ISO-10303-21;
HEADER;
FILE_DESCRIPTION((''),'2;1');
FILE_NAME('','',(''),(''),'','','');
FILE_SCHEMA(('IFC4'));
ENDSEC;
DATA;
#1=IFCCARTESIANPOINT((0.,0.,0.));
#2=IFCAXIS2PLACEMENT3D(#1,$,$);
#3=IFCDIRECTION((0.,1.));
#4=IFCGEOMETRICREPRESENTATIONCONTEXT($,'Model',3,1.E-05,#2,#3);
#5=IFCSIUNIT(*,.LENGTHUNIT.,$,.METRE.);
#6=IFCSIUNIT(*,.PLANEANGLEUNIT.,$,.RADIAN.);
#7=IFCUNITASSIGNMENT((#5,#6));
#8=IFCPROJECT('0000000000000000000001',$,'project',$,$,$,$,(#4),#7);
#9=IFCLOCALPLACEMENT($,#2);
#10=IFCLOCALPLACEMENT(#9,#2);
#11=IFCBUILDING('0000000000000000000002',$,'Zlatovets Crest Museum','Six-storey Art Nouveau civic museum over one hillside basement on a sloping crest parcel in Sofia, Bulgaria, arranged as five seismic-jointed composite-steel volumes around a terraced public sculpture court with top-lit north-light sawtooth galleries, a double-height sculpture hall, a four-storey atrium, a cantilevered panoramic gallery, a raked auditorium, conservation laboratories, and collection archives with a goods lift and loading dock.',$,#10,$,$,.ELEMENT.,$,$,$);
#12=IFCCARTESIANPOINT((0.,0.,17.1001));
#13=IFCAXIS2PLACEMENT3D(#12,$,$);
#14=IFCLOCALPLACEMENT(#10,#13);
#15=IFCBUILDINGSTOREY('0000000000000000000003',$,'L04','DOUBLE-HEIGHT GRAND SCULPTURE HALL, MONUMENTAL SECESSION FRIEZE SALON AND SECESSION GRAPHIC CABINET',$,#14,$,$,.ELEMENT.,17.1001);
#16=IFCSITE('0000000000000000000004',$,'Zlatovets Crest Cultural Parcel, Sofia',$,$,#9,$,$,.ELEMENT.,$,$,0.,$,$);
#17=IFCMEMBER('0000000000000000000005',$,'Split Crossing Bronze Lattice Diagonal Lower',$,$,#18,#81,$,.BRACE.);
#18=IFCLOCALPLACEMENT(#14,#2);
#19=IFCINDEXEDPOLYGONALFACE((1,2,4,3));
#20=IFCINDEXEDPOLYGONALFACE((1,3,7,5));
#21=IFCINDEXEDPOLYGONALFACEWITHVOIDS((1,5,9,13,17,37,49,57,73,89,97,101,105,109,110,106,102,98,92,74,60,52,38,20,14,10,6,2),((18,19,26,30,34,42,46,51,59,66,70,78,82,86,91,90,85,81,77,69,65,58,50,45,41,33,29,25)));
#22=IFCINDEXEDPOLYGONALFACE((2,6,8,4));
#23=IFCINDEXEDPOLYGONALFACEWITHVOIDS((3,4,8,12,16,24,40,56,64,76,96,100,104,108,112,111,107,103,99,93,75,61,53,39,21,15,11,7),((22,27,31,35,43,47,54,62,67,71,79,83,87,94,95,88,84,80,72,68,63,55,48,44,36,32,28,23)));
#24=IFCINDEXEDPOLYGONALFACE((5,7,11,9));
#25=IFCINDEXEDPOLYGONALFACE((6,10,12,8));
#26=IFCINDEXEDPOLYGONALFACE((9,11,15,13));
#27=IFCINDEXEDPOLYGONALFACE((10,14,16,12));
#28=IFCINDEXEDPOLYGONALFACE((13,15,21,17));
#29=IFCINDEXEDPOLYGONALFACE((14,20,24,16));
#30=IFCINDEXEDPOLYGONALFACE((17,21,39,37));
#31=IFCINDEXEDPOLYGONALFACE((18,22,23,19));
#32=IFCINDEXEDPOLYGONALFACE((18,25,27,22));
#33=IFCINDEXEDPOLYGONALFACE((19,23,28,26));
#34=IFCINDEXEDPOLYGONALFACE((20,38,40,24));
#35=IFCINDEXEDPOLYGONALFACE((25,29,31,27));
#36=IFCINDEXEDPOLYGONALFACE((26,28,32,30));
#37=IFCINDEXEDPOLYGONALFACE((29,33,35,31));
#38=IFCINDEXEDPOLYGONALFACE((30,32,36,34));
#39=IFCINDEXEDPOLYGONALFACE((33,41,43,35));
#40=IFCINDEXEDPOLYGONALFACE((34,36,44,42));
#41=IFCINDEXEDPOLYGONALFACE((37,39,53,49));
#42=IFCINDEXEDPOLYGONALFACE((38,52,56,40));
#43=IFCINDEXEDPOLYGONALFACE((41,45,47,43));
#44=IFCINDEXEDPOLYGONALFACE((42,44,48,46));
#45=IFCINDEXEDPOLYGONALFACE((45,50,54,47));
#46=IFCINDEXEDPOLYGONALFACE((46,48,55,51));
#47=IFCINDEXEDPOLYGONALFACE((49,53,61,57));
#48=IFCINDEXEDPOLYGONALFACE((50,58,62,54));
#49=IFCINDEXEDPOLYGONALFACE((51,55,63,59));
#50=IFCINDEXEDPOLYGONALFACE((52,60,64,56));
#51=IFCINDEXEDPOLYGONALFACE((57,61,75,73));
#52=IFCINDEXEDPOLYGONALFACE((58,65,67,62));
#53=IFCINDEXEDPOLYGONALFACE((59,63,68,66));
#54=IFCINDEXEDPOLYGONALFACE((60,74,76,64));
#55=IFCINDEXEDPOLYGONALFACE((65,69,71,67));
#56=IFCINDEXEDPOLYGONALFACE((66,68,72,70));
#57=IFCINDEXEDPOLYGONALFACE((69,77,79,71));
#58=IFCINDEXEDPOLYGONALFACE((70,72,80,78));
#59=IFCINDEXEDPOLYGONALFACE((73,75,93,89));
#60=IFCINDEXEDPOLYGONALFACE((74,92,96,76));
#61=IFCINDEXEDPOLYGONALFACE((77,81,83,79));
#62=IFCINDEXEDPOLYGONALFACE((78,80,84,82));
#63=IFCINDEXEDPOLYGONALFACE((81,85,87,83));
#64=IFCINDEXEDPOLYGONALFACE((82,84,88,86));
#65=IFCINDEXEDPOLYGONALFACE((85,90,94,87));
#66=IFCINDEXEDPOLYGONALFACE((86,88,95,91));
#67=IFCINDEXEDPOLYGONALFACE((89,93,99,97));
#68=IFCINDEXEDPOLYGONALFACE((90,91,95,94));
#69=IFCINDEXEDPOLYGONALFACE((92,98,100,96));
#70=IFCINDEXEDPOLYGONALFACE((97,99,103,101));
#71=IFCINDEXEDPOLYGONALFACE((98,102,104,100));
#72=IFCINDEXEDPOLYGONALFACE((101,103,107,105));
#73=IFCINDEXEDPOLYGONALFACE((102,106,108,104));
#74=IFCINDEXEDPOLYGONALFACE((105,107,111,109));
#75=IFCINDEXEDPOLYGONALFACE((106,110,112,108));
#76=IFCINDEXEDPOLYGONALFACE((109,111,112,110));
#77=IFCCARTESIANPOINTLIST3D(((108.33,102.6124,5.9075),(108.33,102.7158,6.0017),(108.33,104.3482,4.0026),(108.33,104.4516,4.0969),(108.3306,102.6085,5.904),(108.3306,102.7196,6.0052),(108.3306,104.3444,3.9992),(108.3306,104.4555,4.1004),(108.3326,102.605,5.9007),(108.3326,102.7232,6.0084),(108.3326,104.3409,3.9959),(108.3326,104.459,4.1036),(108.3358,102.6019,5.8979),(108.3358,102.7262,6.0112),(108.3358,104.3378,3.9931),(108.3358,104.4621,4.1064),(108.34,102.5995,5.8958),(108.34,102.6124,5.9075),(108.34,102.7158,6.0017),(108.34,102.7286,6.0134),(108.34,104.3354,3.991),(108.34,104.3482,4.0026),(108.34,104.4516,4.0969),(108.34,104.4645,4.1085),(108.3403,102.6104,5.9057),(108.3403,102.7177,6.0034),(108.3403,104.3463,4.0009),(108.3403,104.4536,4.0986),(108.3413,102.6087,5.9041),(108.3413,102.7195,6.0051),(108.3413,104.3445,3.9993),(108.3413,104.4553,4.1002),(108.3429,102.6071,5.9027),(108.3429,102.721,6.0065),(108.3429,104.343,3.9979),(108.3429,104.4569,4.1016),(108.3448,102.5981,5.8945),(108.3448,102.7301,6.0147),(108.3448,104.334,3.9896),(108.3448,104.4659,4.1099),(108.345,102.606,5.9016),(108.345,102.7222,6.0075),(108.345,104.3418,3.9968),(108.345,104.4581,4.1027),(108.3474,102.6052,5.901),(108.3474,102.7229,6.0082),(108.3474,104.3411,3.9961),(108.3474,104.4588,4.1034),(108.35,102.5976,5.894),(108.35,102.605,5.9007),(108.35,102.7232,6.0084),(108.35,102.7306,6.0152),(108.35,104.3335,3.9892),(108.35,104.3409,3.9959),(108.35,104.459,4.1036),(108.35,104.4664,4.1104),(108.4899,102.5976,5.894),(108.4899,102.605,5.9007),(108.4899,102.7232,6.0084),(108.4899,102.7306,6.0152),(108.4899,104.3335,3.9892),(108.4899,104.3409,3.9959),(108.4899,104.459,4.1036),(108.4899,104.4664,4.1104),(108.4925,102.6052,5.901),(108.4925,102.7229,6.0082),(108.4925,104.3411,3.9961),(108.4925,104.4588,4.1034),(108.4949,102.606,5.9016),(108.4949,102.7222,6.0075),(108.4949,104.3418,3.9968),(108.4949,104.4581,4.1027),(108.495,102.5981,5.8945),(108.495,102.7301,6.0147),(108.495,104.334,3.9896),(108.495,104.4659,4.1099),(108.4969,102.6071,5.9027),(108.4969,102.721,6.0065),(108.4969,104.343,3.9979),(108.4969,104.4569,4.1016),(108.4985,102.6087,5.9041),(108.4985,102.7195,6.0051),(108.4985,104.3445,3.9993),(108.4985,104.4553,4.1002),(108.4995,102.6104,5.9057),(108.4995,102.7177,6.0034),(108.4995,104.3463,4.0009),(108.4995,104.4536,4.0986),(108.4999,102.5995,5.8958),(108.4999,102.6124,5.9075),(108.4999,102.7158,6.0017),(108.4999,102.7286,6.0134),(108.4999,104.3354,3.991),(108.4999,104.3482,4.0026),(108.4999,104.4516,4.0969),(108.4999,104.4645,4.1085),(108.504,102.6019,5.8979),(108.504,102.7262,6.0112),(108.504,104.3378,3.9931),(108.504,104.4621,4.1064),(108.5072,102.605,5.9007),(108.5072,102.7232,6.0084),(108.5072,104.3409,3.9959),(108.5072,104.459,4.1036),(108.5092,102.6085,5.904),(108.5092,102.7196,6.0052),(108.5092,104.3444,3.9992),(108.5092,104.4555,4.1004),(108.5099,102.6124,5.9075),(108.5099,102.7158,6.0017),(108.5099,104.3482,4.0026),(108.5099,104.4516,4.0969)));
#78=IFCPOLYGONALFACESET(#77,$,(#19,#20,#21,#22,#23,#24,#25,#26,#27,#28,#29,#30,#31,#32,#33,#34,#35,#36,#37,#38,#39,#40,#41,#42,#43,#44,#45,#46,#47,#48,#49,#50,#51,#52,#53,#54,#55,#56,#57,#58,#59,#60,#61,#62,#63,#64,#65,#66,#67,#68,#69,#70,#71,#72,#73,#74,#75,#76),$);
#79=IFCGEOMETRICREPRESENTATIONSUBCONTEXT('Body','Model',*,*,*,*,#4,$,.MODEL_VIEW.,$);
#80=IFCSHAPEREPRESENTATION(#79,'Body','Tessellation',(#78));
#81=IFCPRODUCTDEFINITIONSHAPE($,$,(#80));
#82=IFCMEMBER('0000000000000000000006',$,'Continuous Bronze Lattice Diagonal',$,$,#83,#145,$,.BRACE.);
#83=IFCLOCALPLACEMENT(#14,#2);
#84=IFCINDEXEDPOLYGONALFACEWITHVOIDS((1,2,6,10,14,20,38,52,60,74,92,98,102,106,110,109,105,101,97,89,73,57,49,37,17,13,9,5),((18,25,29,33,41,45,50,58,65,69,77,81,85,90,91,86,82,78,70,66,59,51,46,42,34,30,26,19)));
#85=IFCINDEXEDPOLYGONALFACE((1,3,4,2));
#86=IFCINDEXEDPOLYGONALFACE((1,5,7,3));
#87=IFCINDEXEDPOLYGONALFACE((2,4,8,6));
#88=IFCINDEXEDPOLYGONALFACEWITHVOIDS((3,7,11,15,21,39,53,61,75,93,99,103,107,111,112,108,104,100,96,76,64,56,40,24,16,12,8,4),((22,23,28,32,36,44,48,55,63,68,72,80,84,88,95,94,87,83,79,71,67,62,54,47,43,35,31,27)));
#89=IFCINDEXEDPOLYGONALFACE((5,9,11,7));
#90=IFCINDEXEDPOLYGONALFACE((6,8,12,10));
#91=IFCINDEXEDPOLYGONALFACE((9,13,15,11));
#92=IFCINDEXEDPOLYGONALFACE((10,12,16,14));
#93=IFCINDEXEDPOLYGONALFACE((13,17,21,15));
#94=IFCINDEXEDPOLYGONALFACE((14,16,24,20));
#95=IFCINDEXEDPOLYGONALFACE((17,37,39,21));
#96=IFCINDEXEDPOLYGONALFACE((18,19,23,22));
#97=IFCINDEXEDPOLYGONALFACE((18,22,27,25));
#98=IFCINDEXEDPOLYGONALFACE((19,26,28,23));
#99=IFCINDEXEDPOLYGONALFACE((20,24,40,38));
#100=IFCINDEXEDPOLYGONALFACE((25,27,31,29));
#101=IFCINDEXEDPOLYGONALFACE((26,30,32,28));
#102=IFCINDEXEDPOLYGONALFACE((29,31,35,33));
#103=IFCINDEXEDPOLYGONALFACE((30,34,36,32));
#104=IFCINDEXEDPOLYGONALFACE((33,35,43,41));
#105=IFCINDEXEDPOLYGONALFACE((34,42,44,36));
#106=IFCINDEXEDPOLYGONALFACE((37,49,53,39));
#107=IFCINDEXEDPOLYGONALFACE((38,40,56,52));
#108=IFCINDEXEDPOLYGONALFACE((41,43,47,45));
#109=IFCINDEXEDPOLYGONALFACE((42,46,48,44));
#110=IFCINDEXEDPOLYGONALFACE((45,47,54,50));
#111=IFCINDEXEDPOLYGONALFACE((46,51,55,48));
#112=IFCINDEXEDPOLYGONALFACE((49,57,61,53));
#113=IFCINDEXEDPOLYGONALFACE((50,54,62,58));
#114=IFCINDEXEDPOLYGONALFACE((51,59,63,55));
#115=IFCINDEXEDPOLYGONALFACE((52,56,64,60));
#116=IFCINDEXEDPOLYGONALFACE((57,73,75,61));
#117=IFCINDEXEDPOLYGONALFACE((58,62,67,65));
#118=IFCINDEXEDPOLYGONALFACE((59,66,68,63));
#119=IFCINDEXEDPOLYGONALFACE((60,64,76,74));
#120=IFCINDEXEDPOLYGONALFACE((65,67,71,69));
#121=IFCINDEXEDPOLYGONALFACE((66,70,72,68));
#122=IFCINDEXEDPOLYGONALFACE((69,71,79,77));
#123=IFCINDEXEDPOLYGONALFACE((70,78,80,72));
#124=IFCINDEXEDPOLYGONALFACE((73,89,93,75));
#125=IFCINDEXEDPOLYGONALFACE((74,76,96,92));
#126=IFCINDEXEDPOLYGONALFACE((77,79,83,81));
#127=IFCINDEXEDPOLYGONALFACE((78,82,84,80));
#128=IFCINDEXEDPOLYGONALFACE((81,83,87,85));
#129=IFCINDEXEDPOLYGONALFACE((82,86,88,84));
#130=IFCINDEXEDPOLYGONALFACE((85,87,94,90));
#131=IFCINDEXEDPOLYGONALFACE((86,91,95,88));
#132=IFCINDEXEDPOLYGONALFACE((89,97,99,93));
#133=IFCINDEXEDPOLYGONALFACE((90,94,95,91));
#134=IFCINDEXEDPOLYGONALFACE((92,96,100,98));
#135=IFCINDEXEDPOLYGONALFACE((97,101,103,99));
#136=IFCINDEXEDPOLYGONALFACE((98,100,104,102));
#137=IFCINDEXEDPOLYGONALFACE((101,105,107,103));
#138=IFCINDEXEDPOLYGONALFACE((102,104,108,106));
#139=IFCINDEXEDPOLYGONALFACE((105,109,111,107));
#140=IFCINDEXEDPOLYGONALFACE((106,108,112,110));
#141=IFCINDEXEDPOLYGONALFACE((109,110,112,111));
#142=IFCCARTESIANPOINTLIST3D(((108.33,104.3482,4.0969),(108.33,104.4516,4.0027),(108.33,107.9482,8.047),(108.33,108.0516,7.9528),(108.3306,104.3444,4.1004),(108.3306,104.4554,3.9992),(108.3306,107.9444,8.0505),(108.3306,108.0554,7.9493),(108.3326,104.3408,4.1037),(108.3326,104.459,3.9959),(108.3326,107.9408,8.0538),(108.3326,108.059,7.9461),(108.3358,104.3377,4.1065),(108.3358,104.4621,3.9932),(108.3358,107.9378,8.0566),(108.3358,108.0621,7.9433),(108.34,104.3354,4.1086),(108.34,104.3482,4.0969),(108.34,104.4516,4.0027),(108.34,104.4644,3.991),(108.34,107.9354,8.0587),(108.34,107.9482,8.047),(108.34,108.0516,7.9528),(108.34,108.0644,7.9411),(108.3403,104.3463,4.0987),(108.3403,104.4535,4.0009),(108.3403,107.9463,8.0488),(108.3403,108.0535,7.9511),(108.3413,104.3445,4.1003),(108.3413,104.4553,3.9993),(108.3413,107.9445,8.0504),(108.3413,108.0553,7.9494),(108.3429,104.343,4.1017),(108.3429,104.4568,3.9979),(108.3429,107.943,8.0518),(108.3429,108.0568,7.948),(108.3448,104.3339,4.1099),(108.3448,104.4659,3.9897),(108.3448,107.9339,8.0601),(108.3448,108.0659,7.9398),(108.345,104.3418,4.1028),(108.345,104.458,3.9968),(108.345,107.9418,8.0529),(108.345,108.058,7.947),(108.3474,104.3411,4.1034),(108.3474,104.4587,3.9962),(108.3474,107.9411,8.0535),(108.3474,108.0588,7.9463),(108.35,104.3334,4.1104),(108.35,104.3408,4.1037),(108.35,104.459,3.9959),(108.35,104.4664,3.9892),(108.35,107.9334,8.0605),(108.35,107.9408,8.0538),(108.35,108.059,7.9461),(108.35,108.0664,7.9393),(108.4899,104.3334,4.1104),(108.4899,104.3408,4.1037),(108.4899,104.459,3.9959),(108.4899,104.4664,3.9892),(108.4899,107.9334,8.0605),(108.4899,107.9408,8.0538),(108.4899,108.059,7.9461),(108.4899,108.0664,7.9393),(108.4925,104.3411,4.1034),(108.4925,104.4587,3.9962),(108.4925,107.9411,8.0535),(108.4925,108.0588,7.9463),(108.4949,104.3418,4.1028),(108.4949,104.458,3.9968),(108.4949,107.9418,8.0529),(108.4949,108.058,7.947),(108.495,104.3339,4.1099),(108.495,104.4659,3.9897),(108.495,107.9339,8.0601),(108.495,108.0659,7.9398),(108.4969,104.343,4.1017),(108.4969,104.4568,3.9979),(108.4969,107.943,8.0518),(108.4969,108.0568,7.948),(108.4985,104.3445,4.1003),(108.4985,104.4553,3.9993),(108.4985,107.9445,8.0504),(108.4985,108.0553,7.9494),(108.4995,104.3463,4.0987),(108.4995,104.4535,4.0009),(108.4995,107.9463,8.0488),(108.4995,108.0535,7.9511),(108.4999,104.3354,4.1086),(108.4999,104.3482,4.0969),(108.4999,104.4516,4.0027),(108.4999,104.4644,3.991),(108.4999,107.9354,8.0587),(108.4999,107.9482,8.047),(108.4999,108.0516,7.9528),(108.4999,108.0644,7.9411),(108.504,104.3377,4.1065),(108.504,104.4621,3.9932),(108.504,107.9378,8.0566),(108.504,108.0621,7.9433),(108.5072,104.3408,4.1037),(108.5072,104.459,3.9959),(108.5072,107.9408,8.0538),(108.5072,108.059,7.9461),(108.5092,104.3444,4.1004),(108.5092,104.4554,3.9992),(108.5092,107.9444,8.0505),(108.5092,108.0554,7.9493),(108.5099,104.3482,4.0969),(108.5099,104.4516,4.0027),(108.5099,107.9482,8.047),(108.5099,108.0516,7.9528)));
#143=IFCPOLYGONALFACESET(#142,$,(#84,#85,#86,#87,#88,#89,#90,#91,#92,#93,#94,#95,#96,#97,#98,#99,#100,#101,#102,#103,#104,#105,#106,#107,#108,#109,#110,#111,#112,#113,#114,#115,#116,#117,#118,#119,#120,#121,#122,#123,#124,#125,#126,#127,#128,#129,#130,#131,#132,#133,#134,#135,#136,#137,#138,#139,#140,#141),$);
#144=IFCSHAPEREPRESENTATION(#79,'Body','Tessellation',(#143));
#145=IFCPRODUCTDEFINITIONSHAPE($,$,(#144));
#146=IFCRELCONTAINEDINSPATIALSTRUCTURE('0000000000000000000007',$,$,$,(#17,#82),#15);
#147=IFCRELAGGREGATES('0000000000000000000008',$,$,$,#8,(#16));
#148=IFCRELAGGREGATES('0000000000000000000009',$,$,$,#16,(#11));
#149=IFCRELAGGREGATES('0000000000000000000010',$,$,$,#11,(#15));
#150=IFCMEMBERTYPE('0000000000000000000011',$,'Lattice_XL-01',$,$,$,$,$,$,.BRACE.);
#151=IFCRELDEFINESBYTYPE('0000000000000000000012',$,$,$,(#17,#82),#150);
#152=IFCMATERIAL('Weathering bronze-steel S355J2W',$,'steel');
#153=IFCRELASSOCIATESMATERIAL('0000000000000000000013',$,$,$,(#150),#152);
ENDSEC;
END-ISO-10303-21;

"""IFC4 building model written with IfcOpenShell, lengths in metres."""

from ifc_helpers import new_model, si_unit, direction, frame, origin, origin_2d, place, context, subcontext, project, spatial, hollow_rectangle, extrude, material, material_profile, profile_set, type_object, element, save


model = new_model("IFC4")

# Units and contexts
model_context = context("Model", 3, precision=1e-05, world=origin(), true_north=direction((0.0, 1.0)))
body_context = subcontext(model_context, "Body", "Model", "MODEL_VIEW")
ifc_project = project(units=[si_unit("LENGTHUNIT", "METRE"), si_unit("PLANEANGLEUNIT", "RADIAN")], contexts=[model_context])

# Site, building, storey
site_placement = place(None, origin())
site = spatial("IfcSite", under=ifc_project, at=site_placement, Name="Zlatovets Crest Cultural Parcel, Sofia", CompositionType="ELEMENT", RefElevation=0.0)
building_placement = place(site_placement, origin())
building = spatial("IfcBuilding", under=site, at=building_placement, Name="Zlatovets Crest Museum", Description="Six-storey Art Nouveau civic museum over one hillside basement on a sloping crest parcel in Sofia, Bulgaria, arranged as five seismic-jointed composite-steel volumes around a terraced public sculpture court with top-lit north-light sawtooth galleries, a double-height sculpture hall, a four-storey atrium, a cantilevered panoramic gallery, a raked auditorium, conservation laboratories, and collection archives with a goods lift and loading dock.", CompositionType="ELEMENT")
storey_placement = place(building_placement, frame((0.0, 0.0, 17.1001)))
storey = spatial("IfcBuildingStorey", under=building, at=storey_placement, Name="L04", Description="DOUBLE-HEIGHT GRAND SCULPTURE HALL, MONUMENTAL SECESSION FRIEZE SALON AND SECESSION GRAPHIC CABINET", CompositionType="ELEMENT", Elevation=17.1001)

# Members
ifc_material_1 = material(Name="Weathering bronze-steel S355J2W", Category="steel")
ifc_material_profile_1 = material_profile(ifc_material_1, hollow_rectangle(XDim=0.1799, YDim=0.1799, WallThickness=0.01, InnerFilletRadius=0.01, OuterFilletRadius=0.02, at=origin_2d()), Name="SHS 180x180x10.0")
ifc_profile_set_1 = profile_set([ifc_material_profile_1], Name="Weathering bronze-steel S355J2W")
member_type_1 = type_object("IfcMemberType", Name="Lattice_XL-01", PredefinedType="BRACE", material=ifc_profile_set_1)
for number, where, z_axis, x_axis, name in (
    (1, (108.4199, 102.6641, 5.9546), (0.0, 0.673568, -0.739125), (-1.0, 0.0, 0.0), "Split Crossing Bronze Lattice Diagonal Lower"),
):
    element("IfcMember", number, at=place(storey_placement, frame(where, z_axis=z_axis, x_axis=x_axis)), inside=storey, type_object=member_type_1, Name=name, PredefinedType="BRACE", context=body_context, shape_type="SweptSolid", body=[
        extrude(hollow_rectangle(XDim=0.1799, YDim=0.1799, WallThickness=0.01, InnerFilletRadius=0.01, OuterFilletRadius=0.02, at=origin_2d()), origin(), (0.0, 0.0, 1.0), 2.5771),
    ])
member_1_placement = place(storey_placement, frame((108.4199, 104.3999, 4.0498), z_axis=(0.0, 0.673595, 0.7391), x_axis=(-1.0, 0.0, 0.0)))
element("IfcMember", 2, at=member_1_placement, inside=storey, type_object=member_type_1, Name="Continuous Bronze Lattice Diagonal", PredefinedType="BRACE", context=body_context, shape_type="SweptSolid", body=[
    extrude(hollow_rectangle(XDim=0.1799, YDim=0.1799, WallThickness=0.01, InnerFilletRadius=0.01, OuterFilletRadius=0.02, at=origin_2d()), origin(), (0.0, 0.0, 1.0), 5.3445),
])

save(model, "model.ifc")
